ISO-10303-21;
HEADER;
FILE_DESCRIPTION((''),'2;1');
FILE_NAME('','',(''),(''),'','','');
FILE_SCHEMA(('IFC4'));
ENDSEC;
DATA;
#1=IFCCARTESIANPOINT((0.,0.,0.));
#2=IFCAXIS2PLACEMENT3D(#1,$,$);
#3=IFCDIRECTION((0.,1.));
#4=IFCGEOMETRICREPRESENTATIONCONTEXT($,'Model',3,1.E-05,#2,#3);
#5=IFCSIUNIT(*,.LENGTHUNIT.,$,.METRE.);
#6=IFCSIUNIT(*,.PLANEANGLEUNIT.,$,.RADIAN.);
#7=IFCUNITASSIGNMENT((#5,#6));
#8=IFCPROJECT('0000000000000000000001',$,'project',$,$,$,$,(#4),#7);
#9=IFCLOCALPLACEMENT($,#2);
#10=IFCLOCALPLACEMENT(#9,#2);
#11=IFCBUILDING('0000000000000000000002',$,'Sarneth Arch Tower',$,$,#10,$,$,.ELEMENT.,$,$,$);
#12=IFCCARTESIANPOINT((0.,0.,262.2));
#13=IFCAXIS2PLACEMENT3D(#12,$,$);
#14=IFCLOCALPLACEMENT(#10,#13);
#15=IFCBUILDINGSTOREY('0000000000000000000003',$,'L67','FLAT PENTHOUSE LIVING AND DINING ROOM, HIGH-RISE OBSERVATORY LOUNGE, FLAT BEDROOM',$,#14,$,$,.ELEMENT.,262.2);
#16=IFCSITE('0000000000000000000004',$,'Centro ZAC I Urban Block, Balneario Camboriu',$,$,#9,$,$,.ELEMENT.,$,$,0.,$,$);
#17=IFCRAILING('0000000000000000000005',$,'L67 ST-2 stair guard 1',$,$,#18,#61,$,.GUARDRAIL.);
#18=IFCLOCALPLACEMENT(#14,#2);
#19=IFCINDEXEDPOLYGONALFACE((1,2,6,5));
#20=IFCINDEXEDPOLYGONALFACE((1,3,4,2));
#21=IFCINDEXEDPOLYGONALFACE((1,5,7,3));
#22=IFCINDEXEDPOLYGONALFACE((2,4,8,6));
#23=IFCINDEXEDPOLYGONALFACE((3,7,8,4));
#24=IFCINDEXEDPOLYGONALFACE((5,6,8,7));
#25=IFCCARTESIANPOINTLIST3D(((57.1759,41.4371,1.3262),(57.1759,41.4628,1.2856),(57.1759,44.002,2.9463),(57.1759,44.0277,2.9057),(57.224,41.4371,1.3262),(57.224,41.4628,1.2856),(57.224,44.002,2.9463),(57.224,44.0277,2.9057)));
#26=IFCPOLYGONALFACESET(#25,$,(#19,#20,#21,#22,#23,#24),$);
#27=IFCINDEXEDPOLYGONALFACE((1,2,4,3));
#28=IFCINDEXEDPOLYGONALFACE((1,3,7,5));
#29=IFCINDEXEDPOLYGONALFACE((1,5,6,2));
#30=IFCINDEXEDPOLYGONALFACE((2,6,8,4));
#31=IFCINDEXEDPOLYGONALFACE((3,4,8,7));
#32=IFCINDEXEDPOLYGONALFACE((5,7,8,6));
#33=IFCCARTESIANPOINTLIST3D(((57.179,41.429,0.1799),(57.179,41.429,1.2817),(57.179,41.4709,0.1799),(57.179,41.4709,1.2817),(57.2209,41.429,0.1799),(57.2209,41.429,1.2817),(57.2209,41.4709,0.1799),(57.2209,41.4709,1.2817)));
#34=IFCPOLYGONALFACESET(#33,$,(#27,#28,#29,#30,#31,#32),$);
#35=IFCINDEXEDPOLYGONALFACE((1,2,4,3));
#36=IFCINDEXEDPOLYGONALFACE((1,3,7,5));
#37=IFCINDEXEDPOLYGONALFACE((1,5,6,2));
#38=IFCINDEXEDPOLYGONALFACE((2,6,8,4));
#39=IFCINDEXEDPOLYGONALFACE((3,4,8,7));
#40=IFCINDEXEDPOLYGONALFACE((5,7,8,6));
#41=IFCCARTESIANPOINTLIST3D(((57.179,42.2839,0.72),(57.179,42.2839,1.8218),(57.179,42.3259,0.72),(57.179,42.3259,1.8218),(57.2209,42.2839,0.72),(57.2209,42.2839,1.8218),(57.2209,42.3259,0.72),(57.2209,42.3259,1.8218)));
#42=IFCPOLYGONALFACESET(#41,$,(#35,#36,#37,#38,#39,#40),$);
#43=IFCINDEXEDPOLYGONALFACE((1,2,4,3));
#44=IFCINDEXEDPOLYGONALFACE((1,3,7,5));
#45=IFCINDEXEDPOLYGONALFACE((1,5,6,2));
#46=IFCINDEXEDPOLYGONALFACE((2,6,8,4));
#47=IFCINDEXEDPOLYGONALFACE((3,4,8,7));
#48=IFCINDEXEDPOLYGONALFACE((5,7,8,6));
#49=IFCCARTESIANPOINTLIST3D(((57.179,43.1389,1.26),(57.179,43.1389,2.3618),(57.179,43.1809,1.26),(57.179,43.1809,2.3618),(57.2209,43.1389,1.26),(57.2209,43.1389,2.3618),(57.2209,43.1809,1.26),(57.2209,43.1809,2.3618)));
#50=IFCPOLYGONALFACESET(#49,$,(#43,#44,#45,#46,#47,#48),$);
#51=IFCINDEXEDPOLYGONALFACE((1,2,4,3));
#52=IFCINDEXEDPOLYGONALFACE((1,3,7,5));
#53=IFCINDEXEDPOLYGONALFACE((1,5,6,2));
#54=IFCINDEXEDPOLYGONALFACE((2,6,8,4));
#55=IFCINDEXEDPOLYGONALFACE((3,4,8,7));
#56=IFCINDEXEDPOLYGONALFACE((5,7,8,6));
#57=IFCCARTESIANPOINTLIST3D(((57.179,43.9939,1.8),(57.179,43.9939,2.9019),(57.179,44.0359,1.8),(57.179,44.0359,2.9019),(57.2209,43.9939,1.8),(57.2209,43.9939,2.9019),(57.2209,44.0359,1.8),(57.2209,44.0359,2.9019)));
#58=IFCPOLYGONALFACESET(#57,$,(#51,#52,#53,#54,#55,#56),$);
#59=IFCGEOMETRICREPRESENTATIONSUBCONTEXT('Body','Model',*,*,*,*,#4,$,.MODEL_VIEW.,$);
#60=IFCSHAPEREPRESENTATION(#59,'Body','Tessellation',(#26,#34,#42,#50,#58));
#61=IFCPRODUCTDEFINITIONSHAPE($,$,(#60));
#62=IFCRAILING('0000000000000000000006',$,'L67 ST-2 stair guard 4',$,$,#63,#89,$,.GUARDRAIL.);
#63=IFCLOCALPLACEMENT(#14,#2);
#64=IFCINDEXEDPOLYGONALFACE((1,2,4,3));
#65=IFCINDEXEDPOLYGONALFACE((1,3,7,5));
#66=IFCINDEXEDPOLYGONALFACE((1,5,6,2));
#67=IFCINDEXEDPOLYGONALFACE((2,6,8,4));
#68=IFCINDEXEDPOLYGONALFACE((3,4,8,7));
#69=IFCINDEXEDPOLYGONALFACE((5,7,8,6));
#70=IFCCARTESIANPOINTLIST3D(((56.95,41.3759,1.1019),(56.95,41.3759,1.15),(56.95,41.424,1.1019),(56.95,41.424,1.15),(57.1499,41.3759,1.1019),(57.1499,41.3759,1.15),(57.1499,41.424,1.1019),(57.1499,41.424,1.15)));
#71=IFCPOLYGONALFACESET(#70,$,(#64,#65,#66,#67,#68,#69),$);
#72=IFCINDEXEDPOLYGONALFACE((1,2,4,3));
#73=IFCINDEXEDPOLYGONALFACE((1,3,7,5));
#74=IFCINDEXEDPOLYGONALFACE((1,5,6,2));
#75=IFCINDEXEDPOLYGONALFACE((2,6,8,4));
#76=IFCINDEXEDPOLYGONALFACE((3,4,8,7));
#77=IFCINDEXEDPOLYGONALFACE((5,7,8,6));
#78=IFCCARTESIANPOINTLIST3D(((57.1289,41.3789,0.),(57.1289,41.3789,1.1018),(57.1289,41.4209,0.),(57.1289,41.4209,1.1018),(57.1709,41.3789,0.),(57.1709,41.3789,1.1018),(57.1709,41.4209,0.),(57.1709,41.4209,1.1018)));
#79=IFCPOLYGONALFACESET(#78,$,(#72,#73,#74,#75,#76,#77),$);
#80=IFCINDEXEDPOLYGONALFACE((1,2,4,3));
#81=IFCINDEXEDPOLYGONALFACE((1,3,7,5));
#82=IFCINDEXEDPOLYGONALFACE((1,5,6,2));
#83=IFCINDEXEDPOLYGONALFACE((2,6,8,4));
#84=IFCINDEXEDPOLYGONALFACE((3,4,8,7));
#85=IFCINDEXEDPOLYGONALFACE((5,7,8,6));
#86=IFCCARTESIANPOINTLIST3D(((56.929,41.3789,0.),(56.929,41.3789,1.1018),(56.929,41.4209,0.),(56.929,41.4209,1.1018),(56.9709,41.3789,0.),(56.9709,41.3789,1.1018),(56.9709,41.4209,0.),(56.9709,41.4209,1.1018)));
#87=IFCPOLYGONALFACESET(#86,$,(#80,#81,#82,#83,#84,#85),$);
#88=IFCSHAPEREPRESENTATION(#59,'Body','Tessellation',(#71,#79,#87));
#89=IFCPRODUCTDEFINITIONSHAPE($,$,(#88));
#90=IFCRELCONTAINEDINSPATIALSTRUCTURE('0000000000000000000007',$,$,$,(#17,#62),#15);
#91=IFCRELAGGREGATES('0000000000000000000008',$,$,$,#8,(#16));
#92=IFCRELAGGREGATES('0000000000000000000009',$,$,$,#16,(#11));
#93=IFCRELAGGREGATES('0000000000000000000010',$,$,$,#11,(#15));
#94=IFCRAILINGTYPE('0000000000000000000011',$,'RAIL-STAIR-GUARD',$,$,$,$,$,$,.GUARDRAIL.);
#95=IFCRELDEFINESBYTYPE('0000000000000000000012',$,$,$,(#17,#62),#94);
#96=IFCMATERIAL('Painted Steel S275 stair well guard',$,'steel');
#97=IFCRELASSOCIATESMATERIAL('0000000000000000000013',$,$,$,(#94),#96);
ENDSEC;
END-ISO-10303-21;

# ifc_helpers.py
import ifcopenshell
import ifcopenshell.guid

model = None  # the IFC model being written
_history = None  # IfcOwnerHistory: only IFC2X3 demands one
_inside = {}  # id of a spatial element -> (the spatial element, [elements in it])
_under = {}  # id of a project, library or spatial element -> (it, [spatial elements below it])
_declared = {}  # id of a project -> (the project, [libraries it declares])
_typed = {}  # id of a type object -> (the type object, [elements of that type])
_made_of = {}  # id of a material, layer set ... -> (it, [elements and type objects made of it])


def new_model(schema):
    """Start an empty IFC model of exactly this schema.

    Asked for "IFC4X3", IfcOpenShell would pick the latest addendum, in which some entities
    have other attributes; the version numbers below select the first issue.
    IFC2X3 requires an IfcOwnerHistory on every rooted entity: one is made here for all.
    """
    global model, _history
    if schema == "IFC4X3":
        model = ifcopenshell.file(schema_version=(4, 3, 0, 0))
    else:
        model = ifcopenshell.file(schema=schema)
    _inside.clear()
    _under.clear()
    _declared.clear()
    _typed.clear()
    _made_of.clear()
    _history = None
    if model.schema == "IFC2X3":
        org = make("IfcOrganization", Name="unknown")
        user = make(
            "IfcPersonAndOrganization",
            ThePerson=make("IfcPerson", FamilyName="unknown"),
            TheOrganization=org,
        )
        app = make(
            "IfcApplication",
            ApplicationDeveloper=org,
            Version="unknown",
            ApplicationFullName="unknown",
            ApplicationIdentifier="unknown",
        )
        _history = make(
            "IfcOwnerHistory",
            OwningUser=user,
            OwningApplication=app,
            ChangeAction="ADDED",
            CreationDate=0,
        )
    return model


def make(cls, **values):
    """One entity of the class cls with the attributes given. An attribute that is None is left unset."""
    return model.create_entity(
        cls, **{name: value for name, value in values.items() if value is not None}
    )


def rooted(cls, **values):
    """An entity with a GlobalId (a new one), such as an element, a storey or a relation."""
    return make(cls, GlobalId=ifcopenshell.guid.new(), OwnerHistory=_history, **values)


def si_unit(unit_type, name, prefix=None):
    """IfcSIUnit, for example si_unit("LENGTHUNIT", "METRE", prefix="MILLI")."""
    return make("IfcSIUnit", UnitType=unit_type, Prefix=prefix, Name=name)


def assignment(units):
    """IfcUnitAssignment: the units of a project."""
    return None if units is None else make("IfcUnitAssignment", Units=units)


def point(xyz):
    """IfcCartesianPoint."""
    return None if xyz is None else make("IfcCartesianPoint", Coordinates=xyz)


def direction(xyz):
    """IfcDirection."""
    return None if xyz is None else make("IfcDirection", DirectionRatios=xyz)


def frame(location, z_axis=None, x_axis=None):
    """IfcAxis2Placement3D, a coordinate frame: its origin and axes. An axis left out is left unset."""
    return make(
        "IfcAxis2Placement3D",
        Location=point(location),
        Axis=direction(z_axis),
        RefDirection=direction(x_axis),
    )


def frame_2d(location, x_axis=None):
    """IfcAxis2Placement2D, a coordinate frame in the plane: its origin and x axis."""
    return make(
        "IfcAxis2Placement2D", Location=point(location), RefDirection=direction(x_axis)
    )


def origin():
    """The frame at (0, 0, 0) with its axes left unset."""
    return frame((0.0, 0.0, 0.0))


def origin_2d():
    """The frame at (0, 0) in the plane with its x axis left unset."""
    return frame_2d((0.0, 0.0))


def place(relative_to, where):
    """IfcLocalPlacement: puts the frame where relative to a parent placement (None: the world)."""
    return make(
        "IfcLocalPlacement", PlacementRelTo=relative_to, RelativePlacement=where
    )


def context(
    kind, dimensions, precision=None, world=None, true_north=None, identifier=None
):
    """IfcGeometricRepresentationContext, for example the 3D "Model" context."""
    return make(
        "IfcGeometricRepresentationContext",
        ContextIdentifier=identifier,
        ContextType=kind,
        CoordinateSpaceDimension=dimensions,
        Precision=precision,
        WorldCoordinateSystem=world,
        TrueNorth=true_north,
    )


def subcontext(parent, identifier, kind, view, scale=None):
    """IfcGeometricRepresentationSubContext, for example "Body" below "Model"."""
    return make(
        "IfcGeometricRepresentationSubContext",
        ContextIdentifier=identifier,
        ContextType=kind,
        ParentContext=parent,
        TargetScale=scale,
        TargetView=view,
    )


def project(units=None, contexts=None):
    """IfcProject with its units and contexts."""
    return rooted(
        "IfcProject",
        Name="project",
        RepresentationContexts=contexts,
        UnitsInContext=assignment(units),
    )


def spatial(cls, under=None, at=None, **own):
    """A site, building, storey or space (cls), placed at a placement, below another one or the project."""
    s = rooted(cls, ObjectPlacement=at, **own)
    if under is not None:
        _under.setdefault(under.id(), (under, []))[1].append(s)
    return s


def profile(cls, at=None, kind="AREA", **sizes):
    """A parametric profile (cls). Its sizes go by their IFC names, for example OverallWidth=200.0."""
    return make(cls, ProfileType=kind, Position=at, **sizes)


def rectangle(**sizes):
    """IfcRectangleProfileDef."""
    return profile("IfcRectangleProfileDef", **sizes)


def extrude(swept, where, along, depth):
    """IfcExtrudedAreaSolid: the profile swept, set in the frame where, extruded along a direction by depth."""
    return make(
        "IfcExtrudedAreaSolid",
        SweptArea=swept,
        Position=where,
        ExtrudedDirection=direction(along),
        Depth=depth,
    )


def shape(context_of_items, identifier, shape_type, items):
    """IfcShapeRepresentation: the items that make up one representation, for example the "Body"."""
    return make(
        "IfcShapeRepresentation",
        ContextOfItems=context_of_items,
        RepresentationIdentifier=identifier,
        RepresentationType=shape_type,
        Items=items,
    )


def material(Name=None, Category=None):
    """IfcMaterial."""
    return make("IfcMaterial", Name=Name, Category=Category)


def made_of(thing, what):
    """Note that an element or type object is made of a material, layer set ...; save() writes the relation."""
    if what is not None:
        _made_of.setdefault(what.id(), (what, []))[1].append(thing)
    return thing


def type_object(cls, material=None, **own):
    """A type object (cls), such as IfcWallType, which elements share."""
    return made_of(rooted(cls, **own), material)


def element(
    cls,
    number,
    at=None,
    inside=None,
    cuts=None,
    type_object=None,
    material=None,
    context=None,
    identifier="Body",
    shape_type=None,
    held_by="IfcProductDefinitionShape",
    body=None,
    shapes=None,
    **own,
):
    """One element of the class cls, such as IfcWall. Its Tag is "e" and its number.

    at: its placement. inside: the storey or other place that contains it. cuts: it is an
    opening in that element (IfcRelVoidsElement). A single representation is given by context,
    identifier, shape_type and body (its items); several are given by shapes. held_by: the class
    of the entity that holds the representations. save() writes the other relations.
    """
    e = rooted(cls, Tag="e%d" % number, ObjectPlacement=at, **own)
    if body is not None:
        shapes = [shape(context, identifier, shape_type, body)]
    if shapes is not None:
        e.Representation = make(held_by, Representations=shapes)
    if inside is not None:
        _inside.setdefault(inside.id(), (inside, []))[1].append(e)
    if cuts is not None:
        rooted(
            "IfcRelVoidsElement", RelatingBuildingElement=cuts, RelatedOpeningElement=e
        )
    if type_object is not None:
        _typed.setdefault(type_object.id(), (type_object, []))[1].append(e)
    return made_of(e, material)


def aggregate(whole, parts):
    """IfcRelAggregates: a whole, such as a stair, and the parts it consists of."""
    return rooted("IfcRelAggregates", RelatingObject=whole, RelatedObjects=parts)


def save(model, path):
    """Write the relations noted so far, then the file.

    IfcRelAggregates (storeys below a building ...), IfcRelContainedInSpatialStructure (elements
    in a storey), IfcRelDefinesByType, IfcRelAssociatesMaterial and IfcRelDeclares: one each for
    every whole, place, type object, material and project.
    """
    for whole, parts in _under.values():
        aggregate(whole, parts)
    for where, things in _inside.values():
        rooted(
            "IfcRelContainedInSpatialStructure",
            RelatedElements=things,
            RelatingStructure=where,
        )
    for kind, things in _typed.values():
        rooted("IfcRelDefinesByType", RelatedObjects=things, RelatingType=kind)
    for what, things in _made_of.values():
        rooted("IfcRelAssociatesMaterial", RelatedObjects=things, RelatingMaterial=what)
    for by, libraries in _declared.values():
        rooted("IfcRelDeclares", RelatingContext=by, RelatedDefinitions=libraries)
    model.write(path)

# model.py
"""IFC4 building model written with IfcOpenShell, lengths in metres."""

from ifc_helpers import new_model, si_unit, direction, frame, origin, origin_2d, place, context, subcontext, project, spatial, rectangle, extrude, material, type_object, element, save


model = new_model("IFC4")

# Units and contexts
model_context = context("Model", 3, precision=1e-05, world=origin(), true_north=direction((0.0, 1.0)))
body_context = subcontext(model_context, "Body", "Model", "MODEL_VIEW")
ifc_project = project(units=[si_unit("LENGTHUNIT", "METRE"), si_unit("PLANEANGLEUNIT", "RADIAN")], contexts=[model_context])

# Site, building, storey
site_placement = place(None, origin())
site = spatial("IfcSite", under=ifc_project, at=site_placement, Name="Centro ZAC I Urban Block, Balneario Camboriu", CompositionType="ELEMENT", RefElevation=0.0)
building_placement = place(site_placement, origin())
building = spatial("IfcBuilding", under=site, at=building_placement, Name="Sarneth Arch Tower", CompositionType="ELEMENT")
storey_placement = place(building_placement, frame((0.0, 0.0, 262.2)))
storey = spatial("IfcBuildingStorey", under=building, at=storey_placement, Name="L67", Description="FLAT PENTHOUSE LIVING AND DINING ROOM, HIGH-RISE OBSERVATORY LOUNGE, FLAT BEDROOM", CompositionType="ELEMENT", Elevation=262.2)

# Railings
ifc_material_1 = material(Name="Painted Steel S275 stair well guard", Category="steel")
railing_type_1 = type_object("IfcRailingType", Name="RAIL-STAIR-GUARD", PredefinedType="GUARDRAIL", material=ifc_material_1)
railing_1_placement = place(storey_placement, frame((57.2, 41.45, 0.1799)))
element("IfcRailing", 1, at=railing_1_placement, inside=storey, type_object=railing_type_1, Name="L67 ST-2 stair guard 1", PredefinedType="GUARDRAIL", context=body_context, shape_type="SweptSolid", body=[
    extrude(rectangle(XDim=0.0481, YDim=0.0481, at=origin_2d()), frame((0.0, 0.0, 1.126), z_axis=(0.0, 0.845466, 0.534029), x_axis=(-1.0, 0.0, 0.0)), (0.0, 0.0, 1.0), 3.0337),
    extrude(rectangle(XDim=0.042, YDim=0.042, at=origin_2d()), origin(), (0.0, 0.0, 1.0), 1.1018),
    extrude(rectangle(XDim=0.042, YDim=0.042, at=origin_2d()), frame((0.0, 0.855, 0.54)), (0.0, 0.0, 1.0), 1.1018),
    extrude(rectangle(XDim=0.042, YDim=0.042, at=origin_2d()), frame((0.0, 1.71, 1.0801)), (0.0, 0.0, 1.0), 1.1018),
    extrude(rectangle(XDim=0.042, YDim=0.042, at=origin_2d()), frame((0.0, 2.5649, 1.6201)), (0.0, 0.0, 1.0), 1.1018),
])
railing_2_placement = place(storey_placement, frame((57.1499, 41.3999, 0.0)))
element("IfcRailing", 2, at=railing_2_placement, inside=storey, type_object=railing_type_1, Name="L67 ST-2 stair guard 4", PredefinedType="GUARDRAIL", context=body_context, shape_type="SweptSolid", body=[
    extrude(rectangle(XDim=0.0481, YDim=0.0481, at=origin_2d()), frame((0.0, 0.0, 1.126), z_axis=(-1.0, 0.0, 0.0), x_axis=(0.0, -1.0, 0.0)), (0.0, 0.0, 1.0), 0.2),
    extrude(rectangle(XDim=0.042, YDim=0.042, at=origin_2d()), origin(), (0.0, 0.0, 1.0), 1.1018),
    extrude(rectangle(XDim=0.042, YDim=0.042, at=origin_2d()), frame((-0.2, 0.0, 0.0)), (0.0, 0.0, 1.0), 1.1018),
])

save(model, "model.ifc")
